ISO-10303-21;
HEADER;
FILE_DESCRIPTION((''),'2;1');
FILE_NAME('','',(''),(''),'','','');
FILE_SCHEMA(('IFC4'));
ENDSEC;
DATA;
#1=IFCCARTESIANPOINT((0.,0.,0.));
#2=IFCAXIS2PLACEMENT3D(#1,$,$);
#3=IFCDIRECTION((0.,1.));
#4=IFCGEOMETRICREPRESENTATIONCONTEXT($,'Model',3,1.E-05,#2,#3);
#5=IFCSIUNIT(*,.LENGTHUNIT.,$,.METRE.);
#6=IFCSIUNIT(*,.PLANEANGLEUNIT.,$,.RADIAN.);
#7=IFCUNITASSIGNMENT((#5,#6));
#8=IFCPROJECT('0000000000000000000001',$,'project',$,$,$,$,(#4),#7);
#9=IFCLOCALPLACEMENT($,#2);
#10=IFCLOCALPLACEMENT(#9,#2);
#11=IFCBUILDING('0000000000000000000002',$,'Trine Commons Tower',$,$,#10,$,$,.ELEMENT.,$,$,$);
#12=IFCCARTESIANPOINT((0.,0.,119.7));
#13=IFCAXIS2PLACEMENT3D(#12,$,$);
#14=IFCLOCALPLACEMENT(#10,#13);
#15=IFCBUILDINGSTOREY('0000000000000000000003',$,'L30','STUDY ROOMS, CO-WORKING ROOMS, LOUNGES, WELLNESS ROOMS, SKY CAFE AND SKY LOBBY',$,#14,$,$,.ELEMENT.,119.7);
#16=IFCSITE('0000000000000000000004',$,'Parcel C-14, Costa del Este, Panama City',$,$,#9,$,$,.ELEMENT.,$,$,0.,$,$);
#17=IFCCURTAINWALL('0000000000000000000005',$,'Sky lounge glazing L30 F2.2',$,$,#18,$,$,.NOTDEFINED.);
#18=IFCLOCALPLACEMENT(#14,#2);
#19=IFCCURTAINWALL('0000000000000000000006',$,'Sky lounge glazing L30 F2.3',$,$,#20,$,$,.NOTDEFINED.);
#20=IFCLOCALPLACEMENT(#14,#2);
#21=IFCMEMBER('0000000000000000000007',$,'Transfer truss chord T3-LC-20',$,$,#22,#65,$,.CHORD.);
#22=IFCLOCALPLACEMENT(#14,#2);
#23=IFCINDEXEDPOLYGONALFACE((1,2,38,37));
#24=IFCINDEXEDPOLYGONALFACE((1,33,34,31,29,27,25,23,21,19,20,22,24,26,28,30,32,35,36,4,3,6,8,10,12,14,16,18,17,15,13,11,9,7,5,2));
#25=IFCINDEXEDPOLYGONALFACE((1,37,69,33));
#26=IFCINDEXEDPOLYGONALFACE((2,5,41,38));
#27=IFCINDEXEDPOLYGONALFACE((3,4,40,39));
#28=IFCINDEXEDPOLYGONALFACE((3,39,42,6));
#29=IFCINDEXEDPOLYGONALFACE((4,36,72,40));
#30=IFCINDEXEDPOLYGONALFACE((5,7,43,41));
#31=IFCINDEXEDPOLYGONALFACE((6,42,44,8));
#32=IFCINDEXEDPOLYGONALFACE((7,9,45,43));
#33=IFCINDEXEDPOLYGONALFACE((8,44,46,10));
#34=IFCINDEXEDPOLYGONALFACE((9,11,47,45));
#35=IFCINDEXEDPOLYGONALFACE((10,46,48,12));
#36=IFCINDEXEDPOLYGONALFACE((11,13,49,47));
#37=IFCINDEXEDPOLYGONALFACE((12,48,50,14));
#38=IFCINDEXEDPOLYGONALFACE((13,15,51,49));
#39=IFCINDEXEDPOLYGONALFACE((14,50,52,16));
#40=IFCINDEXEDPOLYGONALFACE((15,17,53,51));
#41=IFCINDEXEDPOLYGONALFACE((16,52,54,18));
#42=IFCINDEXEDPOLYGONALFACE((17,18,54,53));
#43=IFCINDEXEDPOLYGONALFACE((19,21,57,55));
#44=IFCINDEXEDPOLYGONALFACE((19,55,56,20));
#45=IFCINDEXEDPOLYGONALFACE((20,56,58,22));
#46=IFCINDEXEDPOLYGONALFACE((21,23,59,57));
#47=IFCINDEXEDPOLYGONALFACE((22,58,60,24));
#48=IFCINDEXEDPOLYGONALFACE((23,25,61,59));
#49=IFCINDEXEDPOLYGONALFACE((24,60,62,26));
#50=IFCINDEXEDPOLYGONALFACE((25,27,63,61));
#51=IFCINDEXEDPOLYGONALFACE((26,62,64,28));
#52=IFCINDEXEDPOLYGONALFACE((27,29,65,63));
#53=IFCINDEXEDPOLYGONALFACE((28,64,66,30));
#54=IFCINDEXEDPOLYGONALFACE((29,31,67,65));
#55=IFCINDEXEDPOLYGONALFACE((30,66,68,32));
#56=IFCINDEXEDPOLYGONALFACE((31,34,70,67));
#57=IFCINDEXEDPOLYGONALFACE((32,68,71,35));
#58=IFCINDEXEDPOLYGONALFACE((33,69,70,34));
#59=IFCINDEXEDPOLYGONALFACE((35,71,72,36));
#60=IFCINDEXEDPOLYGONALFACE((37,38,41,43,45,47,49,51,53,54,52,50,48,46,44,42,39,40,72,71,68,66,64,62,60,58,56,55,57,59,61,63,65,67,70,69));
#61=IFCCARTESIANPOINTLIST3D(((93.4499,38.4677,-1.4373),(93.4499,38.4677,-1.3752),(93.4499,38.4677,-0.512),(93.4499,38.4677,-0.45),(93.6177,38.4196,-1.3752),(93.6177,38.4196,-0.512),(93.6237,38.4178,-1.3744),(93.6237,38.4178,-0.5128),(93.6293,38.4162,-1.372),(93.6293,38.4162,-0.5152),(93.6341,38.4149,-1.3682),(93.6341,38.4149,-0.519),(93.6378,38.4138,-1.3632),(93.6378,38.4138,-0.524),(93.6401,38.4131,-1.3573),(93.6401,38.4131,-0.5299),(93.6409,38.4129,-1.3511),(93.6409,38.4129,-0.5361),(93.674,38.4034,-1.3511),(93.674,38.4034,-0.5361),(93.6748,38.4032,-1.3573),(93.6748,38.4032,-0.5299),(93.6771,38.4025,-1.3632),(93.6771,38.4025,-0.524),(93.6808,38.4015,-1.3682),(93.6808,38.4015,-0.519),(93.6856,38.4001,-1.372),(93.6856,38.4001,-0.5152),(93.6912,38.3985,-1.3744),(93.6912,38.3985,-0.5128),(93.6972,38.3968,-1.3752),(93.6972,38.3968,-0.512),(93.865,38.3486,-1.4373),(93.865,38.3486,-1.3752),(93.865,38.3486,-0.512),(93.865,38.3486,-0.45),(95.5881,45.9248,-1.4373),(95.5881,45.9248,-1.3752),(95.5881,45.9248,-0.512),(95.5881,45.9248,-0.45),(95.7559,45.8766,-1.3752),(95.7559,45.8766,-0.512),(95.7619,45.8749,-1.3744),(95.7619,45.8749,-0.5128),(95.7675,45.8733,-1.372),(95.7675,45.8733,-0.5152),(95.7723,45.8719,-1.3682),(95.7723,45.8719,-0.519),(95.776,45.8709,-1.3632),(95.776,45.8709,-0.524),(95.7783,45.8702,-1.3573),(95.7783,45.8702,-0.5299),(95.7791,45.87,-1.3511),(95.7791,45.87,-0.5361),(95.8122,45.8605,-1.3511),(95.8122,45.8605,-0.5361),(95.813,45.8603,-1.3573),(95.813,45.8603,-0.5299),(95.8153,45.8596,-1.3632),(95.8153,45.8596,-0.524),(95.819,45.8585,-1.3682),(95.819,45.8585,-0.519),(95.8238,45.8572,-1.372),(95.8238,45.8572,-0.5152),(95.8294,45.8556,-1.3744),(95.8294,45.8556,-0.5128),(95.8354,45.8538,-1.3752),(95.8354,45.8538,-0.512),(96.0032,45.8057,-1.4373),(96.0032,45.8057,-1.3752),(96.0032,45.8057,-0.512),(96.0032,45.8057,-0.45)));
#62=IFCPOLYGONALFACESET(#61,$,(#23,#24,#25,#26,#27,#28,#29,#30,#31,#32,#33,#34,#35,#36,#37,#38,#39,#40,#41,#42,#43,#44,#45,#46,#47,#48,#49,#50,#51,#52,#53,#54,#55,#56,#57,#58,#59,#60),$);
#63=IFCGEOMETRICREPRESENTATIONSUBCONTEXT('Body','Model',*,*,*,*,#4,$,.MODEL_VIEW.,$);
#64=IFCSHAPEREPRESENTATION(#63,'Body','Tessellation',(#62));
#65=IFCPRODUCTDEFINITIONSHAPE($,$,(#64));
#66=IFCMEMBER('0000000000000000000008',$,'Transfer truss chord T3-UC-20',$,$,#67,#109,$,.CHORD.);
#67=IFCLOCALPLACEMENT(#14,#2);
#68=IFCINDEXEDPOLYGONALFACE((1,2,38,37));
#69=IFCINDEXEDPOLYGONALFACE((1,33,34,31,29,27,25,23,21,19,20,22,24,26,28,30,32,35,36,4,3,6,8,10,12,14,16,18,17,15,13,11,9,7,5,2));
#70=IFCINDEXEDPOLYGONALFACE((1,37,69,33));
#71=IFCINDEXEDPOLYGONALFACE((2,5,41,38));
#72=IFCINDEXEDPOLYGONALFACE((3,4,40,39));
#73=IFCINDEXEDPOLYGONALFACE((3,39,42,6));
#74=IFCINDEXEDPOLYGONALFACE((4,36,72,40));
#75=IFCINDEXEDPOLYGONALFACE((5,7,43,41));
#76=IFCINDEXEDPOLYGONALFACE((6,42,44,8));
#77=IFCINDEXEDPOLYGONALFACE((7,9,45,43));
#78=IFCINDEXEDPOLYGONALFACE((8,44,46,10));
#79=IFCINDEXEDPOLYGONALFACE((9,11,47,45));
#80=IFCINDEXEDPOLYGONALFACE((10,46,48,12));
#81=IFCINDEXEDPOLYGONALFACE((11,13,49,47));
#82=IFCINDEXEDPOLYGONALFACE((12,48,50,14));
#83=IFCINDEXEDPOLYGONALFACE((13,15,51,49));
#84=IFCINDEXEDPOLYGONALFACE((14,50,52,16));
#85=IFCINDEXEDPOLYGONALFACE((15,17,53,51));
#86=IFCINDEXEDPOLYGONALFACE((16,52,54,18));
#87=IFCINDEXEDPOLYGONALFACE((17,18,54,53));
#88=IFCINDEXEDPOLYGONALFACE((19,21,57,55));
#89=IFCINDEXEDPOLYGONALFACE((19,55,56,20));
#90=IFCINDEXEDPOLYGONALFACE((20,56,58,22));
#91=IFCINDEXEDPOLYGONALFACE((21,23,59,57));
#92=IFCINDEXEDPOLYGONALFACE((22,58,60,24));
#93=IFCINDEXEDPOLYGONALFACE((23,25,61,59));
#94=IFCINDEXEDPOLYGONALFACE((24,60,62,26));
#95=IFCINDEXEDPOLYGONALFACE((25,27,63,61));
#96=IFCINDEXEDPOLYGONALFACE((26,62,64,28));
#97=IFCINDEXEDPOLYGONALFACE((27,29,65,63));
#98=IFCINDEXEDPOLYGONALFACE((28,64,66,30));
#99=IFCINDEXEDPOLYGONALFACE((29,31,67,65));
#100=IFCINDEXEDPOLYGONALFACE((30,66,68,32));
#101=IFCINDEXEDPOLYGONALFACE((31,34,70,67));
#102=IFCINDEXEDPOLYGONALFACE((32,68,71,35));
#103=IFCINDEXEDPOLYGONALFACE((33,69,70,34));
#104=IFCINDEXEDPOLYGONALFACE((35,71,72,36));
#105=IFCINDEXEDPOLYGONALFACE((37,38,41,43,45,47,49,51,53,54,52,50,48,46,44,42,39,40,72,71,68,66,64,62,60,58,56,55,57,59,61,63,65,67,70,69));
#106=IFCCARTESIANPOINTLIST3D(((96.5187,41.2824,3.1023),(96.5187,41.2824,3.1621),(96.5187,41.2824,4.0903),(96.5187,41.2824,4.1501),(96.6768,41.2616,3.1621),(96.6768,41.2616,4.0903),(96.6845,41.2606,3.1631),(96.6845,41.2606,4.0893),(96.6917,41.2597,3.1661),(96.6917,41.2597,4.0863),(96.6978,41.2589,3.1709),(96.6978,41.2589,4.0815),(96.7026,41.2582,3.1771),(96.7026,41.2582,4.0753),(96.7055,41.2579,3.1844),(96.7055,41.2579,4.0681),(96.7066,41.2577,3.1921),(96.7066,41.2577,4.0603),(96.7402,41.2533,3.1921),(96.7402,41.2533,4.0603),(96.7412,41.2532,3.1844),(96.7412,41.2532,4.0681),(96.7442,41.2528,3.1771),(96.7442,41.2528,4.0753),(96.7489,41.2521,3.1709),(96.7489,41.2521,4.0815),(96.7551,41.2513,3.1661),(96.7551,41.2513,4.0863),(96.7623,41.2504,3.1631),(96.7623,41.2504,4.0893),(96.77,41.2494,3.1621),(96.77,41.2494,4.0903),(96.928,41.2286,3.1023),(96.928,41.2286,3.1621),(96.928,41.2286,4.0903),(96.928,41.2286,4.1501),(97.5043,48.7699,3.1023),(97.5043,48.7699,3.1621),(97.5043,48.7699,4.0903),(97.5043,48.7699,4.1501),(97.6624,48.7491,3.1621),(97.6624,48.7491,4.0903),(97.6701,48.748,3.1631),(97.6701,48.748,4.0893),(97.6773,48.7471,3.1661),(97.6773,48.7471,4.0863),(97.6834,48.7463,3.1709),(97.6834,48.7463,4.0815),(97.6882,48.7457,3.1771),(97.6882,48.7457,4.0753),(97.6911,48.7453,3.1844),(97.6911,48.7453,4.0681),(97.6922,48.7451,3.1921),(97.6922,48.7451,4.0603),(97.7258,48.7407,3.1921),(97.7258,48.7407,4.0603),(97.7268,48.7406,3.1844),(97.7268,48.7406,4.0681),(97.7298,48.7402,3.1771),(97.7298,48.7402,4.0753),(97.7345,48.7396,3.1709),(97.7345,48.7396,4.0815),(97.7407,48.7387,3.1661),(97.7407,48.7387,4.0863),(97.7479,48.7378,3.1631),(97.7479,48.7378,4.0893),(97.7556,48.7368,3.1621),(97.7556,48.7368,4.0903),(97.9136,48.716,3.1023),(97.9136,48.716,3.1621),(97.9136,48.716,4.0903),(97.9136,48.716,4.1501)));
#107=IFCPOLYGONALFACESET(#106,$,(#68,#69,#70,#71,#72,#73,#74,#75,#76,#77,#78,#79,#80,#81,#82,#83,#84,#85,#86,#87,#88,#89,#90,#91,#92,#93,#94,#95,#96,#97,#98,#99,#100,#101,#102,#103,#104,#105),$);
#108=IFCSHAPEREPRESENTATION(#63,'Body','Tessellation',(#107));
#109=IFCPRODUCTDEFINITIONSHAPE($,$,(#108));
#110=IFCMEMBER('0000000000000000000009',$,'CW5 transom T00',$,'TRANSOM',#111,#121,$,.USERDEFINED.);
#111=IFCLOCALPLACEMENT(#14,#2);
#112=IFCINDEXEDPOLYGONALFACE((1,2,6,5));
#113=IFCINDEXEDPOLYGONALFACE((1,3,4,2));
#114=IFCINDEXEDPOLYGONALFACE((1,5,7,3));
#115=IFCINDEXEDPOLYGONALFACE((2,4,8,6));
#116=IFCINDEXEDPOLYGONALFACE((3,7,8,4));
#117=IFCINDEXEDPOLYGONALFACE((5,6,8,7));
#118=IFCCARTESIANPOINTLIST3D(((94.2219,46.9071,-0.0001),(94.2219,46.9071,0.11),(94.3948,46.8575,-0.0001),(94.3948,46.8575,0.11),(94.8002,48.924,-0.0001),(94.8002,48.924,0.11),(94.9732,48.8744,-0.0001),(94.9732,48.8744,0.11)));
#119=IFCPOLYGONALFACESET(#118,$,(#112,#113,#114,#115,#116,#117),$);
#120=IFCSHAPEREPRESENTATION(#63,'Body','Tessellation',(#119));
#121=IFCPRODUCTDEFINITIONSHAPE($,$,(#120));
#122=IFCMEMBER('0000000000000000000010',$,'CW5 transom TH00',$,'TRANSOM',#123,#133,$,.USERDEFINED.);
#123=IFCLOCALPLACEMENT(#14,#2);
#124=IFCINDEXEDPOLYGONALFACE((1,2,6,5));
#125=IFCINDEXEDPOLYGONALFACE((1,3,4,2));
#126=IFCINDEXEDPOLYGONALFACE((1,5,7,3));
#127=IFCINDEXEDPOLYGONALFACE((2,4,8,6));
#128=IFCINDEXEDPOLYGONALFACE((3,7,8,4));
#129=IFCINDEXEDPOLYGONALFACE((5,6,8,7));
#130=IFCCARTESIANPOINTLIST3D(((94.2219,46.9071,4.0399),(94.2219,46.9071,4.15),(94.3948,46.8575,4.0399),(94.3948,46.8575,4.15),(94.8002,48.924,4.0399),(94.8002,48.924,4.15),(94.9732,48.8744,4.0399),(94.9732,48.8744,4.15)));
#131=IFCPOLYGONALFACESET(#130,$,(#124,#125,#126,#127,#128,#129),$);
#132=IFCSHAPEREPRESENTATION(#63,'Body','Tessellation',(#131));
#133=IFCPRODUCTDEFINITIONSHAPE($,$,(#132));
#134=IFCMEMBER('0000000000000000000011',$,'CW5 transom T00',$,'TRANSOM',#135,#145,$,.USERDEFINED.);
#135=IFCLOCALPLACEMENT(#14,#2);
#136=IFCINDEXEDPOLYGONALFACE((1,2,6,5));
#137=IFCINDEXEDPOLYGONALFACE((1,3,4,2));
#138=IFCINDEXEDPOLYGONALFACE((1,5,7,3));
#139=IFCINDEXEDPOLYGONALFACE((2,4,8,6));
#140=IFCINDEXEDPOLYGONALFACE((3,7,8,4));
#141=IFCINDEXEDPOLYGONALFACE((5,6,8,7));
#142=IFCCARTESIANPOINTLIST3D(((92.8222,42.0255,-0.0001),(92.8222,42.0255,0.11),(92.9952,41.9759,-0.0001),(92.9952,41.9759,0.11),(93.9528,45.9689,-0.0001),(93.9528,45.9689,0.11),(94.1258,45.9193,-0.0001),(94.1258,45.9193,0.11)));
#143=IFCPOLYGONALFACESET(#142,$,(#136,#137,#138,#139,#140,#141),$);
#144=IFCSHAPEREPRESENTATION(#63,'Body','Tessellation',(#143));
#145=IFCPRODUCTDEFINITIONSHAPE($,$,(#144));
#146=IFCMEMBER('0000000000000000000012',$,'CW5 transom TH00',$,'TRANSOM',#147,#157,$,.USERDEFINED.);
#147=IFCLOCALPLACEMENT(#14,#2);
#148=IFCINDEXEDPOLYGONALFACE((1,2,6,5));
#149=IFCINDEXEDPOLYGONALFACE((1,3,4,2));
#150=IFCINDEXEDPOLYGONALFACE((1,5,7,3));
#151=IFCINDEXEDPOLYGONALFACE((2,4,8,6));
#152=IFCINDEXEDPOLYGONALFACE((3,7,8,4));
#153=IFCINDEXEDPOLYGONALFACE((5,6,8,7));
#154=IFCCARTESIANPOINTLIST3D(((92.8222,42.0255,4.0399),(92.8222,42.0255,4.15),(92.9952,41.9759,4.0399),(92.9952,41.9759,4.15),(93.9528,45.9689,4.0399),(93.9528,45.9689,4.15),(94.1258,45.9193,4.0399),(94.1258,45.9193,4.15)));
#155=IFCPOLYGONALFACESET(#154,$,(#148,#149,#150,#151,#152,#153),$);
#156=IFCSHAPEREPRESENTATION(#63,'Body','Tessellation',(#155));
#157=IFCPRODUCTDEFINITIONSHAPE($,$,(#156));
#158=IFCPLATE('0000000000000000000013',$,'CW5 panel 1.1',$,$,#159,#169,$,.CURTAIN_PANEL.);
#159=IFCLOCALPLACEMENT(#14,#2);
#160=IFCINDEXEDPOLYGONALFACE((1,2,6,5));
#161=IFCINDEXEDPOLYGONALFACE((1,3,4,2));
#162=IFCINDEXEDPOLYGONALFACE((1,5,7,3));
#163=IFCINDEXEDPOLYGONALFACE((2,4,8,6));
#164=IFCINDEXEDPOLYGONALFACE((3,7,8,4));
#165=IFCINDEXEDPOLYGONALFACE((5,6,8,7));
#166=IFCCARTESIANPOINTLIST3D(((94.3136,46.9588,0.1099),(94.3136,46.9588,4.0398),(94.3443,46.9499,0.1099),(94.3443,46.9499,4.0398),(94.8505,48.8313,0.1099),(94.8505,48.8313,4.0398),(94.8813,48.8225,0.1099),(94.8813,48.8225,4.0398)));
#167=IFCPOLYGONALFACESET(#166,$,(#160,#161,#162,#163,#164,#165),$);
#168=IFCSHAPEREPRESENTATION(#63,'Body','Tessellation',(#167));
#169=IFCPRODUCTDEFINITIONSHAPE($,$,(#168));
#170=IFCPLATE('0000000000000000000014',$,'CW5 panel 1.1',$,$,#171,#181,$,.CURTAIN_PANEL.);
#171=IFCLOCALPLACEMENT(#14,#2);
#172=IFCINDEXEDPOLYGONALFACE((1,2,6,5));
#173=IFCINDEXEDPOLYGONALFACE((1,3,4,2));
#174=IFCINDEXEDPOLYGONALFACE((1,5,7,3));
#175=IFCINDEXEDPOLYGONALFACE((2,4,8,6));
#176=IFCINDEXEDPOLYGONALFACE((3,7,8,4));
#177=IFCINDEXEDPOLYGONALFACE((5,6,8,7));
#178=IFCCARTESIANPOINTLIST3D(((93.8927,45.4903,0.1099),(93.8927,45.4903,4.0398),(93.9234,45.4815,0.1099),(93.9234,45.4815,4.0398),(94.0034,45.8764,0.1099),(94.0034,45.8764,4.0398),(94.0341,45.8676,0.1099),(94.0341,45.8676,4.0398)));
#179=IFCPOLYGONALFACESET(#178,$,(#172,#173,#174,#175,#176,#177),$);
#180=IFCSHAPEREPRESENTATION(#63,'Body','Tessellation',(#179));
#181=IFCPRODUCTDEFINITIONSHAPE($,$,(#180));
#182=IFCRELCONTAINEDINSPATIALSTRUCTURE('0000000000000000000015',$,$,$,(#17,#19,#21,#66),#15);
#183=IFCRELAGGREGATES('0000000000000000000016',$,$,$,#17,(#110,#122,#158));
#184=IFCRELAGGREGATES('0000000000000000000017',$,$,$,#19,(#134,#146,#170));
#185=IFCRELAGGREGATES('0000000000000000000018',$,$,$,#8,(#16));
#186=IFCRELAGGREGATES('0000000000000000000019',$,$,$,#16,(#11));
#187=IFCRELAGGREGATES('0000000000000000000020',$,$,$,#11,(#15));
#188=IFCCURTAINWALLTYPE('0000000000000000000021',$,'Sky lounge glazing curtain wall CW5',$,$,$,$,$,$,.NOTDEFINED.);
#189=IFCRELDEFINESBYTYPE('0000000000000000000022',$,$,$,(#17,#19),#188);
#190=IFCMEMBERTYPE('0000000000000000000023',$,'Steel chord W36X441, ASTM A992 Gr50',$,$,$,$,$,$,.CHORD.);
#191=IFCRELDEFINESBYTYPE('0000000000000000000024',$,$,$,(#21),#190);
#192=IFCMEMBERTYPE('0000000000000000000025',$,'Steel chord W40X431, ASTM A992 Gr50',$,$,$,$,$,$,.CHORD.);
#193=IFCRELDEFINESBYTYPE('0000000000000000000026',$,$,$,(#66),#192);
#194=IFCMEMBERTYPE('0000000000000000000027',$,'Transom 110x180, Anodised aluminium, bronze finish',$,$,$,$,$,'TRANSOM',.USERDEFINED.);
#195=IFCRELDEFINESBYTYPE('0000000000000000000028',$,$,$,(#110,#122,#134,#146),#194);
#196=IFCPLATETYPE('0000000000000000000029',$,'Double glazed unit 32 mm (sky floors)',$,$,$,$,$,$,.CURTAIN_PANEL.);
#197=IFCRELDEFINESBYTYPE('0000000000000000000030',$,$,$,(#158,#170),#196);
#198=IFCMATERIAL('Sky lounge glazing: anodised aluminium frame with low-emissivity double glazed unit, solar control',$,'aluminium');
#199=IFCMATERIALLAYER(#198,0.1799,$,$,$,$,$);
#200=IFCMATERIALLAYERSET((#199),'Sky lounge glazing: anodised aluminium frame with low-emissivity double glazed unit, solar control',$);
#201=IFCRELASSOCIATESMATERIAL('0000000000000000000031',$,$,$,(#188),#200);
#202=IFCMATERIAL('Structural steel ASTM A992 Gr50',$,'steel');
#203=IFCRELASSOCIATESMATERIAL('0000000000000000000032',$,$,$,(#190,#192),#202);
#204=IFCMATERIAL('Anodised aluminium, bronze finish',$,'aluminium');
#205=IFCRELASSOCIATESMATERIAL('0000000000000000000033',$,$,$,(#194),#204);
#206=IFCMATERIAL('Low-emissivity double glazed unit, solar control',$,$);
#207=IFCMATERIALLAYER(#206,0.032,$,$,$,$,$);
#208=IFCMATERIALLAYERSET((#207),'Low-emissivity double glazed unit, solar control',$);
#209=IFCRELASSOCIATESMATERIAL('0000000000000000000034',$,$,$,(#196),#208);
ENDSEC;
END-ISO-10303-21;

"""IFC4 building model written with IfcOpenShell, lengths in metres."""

from ifc_helpers import new_model, si_unit, direction, frame, origin, origin_2d, place, context, subcontext, project, spatial, rectangle, i_section, extrude, material, layer, layer_set, material_profile, profile_set, type_object, element, aggregate, save


model = new_model("IFC4")

# Units and contexts
model_context = context("Model", 3, precision=1e-05, world=origin(), true_north=direction((0.0, 1.0)))
body_context = subcontext(model_context, "Body", "Model", "MODEL_VIEW")
ifc_project = project(units=[si_unit("LENGTHUNIT", "METRE"), si_unit("PLANEANGLEUNIT", "RADIAN")], contexts=[model_context])

# Site, building, storey
site_placement = place(None, origin())
site = spatial("IfcSite", under=ifc_project, at=site_placement, Name="Parcel C-14, Costa del Este, Panama City", CompositionType="ELEMENT", RefElevation=0.0)
building_placement = place(site_placement, origin())
building = spatial("IfcBuilding", under=site, at=building_placement, Name="Trine Commons Tower", CompositionType="ELEMENT")
storey_placement = place(building_placement, frame((0.0, 0.0, 119.7)))
storey = spatial("IfcBuildingStorey", under=building, at=storey_placement, Name="L30", Description="STUDY ROOMS, CO-WORKING ROOMS, LOUNGES, WELLNESS ROOMS, SKY CAFE AND SKY LOBBY", CompositionType="ELEMENT", Elevation=119.7)

# Shared definitions
ifc_material_1 = material(Name="Sky lounge glazing: anodised aluminium frame with low-emissivity double glazed unit, solar control", Category="aluminium")
ifc_layer_1 = layer(ifc_material_1, 0.1799)
ifc_layer_set_1 = layer_set([ifc_layer_1], Name="Sky lounge glazing: anodised aluminium frame with low-emissivity double glazed unit, solar control")
curtain_wall_type = type_object("IfcCurtainWallType", Name="Sky lounge glazing curtain wall CW5", PredefinedType="NOTDEFINED", material=ifc_layer_set_1)
ifc_material_2 = material(Name="Anodised aluminium, bronze finish", Category="aluminium")

# Curtain walls
curtain_wall_1_placement = place(storey_placement, origin())
curtain_wall_1 = element("IfcCurtainWall", 1, at=curtain_wall_1_placement, inside=storey, type_object=curtain_wall_type, Name="Sky lounge glazing L30 F2.2", PredefinedType="NOTDEFINED")
curtain_wall_2_placement = place(storey_placement, origin())
curtain_wall_2 = element("IfcCurtainWall", 2, at=curtain_wall_2_placement, inside=storey, type_object=curtain_wall_type, Name="Sky lounge glazing L30 F2.3", PredefinedType="NOTDEFINED")

# Members
ifc_material_3 = material(Name="Structural steel ASTM A992 Gr50", Category="steel")
ifc_material_profile_1 = material_profile(ifc_material_3, i_section(OverallWidth=0.4319, OverallDepth=0.9873, WebThickness=0.0344, FlangeThickness=0.062, FilletRadius=0.0242, at=origin_2d()), Name="W36X441")
ifc_profile_set_1 = profile_set([ifc_material_profile_1], Name="Structural steel ASTM A992 Gr50")
member_type_1 = type_object("IfcMemberType", Name="Steel chord W36X441, ASTM A992 Gr50", PredefinedType="CHORD", material=ifc_profile_set_1)
member_1_placement = place(storey_placement, frame((95.7957, 45.8652, -0.9436), z_axis=(-0.275627, -0.961265, 0.0), x_axis=(0.961265, -0.275627, 0.0)))
element("IfcMember", 3, at=member_1_placement, inside=storey, type_object=member_type_1, Name="Transfer truss chord T3-LC-20", PredefinedType="CHORD", context=body_context, shape_type="SweptSolid", body=[
    extrude(i_section(OverallWidth=0.4319, OverallDepth=0.9873, WebThickness=0.0344, FlangeThickness=0.062, FilletRadius=0.0242, at=origin_2d()), origin(), (0.0, 0.0, 1.0), 7.7576),
])
ifc_material_profile_2 = material_profile(ifc_material_3, i_section(OverallWidth=0.4128, OverallDepth=1.0479, WebThickness=0.0339, FlangeThickness=0.0598, FilletRadius=0.03, at=origin_2d()), Name="W40X431")
ifc_profile_set_2 = profile_set([ifc_material_profile_2], Name="Structural steel ASTM A992 Gr50")
member_type_2 = type_object("IfcMemberType", Name="Steel chord W40X431, ASTM A992 Gr50", PredefinedType="CHORD", material=ifc_profile_set_2)
member_2_placement = place(storey_placement, frame((97.709, 48.7429, 3.6262), z_axis=(-0.13051, -0.991447, 0.0), x_axis=(0.991447, -0.13051, 0.0)))
element("IfcMember", 4, at=member_2_placement, inside=storey, type_object=member_type_2, Name="Transfer truss chord T3-UC-20", PredefinedType="CHORD", context=body_context, shape_type="SweptSolid", body=[
    extrude(i_section(OverallWidth=0.4128, OverallDepth=1.0479, WebThickness=0.0339, FlangeThickness=0.0598, FilletRadius=0.03, at=origin_2d()), origin(), (0.0, 0.0, 1.0), 7.552),
])

# Members
ifc_material_profile_3 = material_profile(ifc_material_2, rectangle(XDim=0.1799, YDim=0.1101, at=origin_2d()), Name="Transom 110x180")
ifc_profile_set_3 = profile_set([ifc_material_profile_3], Name="Anodised aluminium, bronze finish")
member_type_3 = type_object("IfcMemberType", Name="Transom 110x180, Anodised aluminium, bronze finish", ElementType="TRANSOM", PredefinedType="USERDEFINED", material=ifc_profile_set_3)
member_3_placement = place(storey_placement, frame((94.8867, 48.8992, 0.0549), z_axis=(-0.275658, -0.961256, 0.0), x_axis=(0.961256, -0.275658, 0.0)))
member_3 = element("IfcMember", 5, at=member_3_placement, type_object=member_type_3, Name="CW5 transom T00", ObjectType="TRANSOM", PredefinedType="USERDEFINED", context=body_context, shape_type="SweptSolid", body=[
    extrude(rectangle(XDim=0.1799, YDim=0.1101, at=origin_2d()), origin(), (0.0, 0.0, 1.0), 2.0981),
])
member_4_placement = place(storey_placement, frame((94.8867, 48.8992, 4.095), z_axis=(-0.275658, -0.961256, 0.0), x_axis=(0.961256, -0.275658, 0.0)))
member_4 = element("IfcMember", 6, at=member_4_placement, type_object=member_type_3, Name="CW5 transom TH00", ObjectType="TRANSOM", PredefinedType="USERDEFINED", context=body_context, shape_type="SweptSolid", body=[
    extrude(rectangle(XDim=0.1799, YDim=0.1101, at=origin_2d()), origin(), (0.0, 0.0, 1.0), 2.0981),
])
member_5_placement = place(storey_placement, frame((94.0393, 45.9441, 0.0549), z_axis=(-0.275609, -0.96127, 0.0), x_axis=(0.96127, -0.275609, 0.0)))
member_5 = element("IfcMember", 7, at=member_5_placement, type_object=member_type_3, Name="CW5 transom T00", ObjectType="TRANSOM", PredefinedType="USERDEFINED", context=body_context, shape_type="SweptSolid", body=[
    extrude(rectangle(XDim=0.1799, YDim=0.1101, at=origin_2d()), origin(), (0.0, 0.0, 1.0), 4.1023),
])
member_6_placement = place(storey_placement, frame((94.0393, 45.9441, 4.095), z_axis=(-0.275609, -0.96127, 0.0), x_axis=(0.96127, -0.275609, 0.0)))
member_6 = element("IfcMember", 8, at=member_6_placement, type_object=member_type_3, Name="CW5 transom TH00", ObjectType="TRANSOM", PredefinedType="USERDEFINED", context=body_context, shape_type="SweptSolid", body=[
    extrude(rectangle(XDim=0.1799, YDim=0.1101, at=origin_2d()), origin(), (0.0, 0.0, 1.0), 4.1023),
])

# Plates
ifc_material_4 = material(Name="Low-emissivity double glazed unit, solar control")
ifc_layer_2 = layer(ifc_material_4, 0.032)
ifc_layer_set_2 = layer_set([ifc_layer_2], Name="Low-emissivity double glazed unit, solar control")
plate_type = type_object("IfcPlateType", Name="Double glazed unit 32 mm (sky floors)", PredefinedType="CURTAIN_PANEL", material=ifc_layer_set_2)
plate_1_placement = place(storey_placement, frame((94.5974, 47.8906, 0.1099), z_axis=(0.0, 0.0, 1.0), x_axis=(-0.275637, -0.961262, 0.0)))
plate_1 = element("IfcPlate", 9, at=plate_1_placement, type_object=plate_type, Name="CW5 panel 1.1", PredefinedType="CURTAIN_PANEL", context=body_context, shape_type="SweptSolid", body=[
    extrude(rectangle(XDim=1.948, YDim=0.032, at=origin_2d()), origin(), (0.0, 0.0, 1.0), 3.9299),
])
aggregate(curtain_wall_1, [member_3, member_4, plate_1])
plate_2_placement = place(storey_placement, frame((93.9634, 45.679, 0.1099), z_axis=(0.0, 0.0, 1.0), x_axis=(-0.275637, -0.961262, 0.0)))
plate_2 = element("IfcPlate", 10, at=plate_2_placement, type_object=plate_type, Name="CW5 panel 1.1", PredefinedType="CURTAIN_PANEL", context=body_context, shape_type="SweptSolid", body=[
    extrude(rectangle(XDim=0.4016, YDim=0.032, at=origin_2d()), origin(), (0.0, 0.0, 1.0), 3.9299),
])
aggregate(curtain_wall_2, [member_5, member_6, plate_2])

save(model, "model.ifc")
